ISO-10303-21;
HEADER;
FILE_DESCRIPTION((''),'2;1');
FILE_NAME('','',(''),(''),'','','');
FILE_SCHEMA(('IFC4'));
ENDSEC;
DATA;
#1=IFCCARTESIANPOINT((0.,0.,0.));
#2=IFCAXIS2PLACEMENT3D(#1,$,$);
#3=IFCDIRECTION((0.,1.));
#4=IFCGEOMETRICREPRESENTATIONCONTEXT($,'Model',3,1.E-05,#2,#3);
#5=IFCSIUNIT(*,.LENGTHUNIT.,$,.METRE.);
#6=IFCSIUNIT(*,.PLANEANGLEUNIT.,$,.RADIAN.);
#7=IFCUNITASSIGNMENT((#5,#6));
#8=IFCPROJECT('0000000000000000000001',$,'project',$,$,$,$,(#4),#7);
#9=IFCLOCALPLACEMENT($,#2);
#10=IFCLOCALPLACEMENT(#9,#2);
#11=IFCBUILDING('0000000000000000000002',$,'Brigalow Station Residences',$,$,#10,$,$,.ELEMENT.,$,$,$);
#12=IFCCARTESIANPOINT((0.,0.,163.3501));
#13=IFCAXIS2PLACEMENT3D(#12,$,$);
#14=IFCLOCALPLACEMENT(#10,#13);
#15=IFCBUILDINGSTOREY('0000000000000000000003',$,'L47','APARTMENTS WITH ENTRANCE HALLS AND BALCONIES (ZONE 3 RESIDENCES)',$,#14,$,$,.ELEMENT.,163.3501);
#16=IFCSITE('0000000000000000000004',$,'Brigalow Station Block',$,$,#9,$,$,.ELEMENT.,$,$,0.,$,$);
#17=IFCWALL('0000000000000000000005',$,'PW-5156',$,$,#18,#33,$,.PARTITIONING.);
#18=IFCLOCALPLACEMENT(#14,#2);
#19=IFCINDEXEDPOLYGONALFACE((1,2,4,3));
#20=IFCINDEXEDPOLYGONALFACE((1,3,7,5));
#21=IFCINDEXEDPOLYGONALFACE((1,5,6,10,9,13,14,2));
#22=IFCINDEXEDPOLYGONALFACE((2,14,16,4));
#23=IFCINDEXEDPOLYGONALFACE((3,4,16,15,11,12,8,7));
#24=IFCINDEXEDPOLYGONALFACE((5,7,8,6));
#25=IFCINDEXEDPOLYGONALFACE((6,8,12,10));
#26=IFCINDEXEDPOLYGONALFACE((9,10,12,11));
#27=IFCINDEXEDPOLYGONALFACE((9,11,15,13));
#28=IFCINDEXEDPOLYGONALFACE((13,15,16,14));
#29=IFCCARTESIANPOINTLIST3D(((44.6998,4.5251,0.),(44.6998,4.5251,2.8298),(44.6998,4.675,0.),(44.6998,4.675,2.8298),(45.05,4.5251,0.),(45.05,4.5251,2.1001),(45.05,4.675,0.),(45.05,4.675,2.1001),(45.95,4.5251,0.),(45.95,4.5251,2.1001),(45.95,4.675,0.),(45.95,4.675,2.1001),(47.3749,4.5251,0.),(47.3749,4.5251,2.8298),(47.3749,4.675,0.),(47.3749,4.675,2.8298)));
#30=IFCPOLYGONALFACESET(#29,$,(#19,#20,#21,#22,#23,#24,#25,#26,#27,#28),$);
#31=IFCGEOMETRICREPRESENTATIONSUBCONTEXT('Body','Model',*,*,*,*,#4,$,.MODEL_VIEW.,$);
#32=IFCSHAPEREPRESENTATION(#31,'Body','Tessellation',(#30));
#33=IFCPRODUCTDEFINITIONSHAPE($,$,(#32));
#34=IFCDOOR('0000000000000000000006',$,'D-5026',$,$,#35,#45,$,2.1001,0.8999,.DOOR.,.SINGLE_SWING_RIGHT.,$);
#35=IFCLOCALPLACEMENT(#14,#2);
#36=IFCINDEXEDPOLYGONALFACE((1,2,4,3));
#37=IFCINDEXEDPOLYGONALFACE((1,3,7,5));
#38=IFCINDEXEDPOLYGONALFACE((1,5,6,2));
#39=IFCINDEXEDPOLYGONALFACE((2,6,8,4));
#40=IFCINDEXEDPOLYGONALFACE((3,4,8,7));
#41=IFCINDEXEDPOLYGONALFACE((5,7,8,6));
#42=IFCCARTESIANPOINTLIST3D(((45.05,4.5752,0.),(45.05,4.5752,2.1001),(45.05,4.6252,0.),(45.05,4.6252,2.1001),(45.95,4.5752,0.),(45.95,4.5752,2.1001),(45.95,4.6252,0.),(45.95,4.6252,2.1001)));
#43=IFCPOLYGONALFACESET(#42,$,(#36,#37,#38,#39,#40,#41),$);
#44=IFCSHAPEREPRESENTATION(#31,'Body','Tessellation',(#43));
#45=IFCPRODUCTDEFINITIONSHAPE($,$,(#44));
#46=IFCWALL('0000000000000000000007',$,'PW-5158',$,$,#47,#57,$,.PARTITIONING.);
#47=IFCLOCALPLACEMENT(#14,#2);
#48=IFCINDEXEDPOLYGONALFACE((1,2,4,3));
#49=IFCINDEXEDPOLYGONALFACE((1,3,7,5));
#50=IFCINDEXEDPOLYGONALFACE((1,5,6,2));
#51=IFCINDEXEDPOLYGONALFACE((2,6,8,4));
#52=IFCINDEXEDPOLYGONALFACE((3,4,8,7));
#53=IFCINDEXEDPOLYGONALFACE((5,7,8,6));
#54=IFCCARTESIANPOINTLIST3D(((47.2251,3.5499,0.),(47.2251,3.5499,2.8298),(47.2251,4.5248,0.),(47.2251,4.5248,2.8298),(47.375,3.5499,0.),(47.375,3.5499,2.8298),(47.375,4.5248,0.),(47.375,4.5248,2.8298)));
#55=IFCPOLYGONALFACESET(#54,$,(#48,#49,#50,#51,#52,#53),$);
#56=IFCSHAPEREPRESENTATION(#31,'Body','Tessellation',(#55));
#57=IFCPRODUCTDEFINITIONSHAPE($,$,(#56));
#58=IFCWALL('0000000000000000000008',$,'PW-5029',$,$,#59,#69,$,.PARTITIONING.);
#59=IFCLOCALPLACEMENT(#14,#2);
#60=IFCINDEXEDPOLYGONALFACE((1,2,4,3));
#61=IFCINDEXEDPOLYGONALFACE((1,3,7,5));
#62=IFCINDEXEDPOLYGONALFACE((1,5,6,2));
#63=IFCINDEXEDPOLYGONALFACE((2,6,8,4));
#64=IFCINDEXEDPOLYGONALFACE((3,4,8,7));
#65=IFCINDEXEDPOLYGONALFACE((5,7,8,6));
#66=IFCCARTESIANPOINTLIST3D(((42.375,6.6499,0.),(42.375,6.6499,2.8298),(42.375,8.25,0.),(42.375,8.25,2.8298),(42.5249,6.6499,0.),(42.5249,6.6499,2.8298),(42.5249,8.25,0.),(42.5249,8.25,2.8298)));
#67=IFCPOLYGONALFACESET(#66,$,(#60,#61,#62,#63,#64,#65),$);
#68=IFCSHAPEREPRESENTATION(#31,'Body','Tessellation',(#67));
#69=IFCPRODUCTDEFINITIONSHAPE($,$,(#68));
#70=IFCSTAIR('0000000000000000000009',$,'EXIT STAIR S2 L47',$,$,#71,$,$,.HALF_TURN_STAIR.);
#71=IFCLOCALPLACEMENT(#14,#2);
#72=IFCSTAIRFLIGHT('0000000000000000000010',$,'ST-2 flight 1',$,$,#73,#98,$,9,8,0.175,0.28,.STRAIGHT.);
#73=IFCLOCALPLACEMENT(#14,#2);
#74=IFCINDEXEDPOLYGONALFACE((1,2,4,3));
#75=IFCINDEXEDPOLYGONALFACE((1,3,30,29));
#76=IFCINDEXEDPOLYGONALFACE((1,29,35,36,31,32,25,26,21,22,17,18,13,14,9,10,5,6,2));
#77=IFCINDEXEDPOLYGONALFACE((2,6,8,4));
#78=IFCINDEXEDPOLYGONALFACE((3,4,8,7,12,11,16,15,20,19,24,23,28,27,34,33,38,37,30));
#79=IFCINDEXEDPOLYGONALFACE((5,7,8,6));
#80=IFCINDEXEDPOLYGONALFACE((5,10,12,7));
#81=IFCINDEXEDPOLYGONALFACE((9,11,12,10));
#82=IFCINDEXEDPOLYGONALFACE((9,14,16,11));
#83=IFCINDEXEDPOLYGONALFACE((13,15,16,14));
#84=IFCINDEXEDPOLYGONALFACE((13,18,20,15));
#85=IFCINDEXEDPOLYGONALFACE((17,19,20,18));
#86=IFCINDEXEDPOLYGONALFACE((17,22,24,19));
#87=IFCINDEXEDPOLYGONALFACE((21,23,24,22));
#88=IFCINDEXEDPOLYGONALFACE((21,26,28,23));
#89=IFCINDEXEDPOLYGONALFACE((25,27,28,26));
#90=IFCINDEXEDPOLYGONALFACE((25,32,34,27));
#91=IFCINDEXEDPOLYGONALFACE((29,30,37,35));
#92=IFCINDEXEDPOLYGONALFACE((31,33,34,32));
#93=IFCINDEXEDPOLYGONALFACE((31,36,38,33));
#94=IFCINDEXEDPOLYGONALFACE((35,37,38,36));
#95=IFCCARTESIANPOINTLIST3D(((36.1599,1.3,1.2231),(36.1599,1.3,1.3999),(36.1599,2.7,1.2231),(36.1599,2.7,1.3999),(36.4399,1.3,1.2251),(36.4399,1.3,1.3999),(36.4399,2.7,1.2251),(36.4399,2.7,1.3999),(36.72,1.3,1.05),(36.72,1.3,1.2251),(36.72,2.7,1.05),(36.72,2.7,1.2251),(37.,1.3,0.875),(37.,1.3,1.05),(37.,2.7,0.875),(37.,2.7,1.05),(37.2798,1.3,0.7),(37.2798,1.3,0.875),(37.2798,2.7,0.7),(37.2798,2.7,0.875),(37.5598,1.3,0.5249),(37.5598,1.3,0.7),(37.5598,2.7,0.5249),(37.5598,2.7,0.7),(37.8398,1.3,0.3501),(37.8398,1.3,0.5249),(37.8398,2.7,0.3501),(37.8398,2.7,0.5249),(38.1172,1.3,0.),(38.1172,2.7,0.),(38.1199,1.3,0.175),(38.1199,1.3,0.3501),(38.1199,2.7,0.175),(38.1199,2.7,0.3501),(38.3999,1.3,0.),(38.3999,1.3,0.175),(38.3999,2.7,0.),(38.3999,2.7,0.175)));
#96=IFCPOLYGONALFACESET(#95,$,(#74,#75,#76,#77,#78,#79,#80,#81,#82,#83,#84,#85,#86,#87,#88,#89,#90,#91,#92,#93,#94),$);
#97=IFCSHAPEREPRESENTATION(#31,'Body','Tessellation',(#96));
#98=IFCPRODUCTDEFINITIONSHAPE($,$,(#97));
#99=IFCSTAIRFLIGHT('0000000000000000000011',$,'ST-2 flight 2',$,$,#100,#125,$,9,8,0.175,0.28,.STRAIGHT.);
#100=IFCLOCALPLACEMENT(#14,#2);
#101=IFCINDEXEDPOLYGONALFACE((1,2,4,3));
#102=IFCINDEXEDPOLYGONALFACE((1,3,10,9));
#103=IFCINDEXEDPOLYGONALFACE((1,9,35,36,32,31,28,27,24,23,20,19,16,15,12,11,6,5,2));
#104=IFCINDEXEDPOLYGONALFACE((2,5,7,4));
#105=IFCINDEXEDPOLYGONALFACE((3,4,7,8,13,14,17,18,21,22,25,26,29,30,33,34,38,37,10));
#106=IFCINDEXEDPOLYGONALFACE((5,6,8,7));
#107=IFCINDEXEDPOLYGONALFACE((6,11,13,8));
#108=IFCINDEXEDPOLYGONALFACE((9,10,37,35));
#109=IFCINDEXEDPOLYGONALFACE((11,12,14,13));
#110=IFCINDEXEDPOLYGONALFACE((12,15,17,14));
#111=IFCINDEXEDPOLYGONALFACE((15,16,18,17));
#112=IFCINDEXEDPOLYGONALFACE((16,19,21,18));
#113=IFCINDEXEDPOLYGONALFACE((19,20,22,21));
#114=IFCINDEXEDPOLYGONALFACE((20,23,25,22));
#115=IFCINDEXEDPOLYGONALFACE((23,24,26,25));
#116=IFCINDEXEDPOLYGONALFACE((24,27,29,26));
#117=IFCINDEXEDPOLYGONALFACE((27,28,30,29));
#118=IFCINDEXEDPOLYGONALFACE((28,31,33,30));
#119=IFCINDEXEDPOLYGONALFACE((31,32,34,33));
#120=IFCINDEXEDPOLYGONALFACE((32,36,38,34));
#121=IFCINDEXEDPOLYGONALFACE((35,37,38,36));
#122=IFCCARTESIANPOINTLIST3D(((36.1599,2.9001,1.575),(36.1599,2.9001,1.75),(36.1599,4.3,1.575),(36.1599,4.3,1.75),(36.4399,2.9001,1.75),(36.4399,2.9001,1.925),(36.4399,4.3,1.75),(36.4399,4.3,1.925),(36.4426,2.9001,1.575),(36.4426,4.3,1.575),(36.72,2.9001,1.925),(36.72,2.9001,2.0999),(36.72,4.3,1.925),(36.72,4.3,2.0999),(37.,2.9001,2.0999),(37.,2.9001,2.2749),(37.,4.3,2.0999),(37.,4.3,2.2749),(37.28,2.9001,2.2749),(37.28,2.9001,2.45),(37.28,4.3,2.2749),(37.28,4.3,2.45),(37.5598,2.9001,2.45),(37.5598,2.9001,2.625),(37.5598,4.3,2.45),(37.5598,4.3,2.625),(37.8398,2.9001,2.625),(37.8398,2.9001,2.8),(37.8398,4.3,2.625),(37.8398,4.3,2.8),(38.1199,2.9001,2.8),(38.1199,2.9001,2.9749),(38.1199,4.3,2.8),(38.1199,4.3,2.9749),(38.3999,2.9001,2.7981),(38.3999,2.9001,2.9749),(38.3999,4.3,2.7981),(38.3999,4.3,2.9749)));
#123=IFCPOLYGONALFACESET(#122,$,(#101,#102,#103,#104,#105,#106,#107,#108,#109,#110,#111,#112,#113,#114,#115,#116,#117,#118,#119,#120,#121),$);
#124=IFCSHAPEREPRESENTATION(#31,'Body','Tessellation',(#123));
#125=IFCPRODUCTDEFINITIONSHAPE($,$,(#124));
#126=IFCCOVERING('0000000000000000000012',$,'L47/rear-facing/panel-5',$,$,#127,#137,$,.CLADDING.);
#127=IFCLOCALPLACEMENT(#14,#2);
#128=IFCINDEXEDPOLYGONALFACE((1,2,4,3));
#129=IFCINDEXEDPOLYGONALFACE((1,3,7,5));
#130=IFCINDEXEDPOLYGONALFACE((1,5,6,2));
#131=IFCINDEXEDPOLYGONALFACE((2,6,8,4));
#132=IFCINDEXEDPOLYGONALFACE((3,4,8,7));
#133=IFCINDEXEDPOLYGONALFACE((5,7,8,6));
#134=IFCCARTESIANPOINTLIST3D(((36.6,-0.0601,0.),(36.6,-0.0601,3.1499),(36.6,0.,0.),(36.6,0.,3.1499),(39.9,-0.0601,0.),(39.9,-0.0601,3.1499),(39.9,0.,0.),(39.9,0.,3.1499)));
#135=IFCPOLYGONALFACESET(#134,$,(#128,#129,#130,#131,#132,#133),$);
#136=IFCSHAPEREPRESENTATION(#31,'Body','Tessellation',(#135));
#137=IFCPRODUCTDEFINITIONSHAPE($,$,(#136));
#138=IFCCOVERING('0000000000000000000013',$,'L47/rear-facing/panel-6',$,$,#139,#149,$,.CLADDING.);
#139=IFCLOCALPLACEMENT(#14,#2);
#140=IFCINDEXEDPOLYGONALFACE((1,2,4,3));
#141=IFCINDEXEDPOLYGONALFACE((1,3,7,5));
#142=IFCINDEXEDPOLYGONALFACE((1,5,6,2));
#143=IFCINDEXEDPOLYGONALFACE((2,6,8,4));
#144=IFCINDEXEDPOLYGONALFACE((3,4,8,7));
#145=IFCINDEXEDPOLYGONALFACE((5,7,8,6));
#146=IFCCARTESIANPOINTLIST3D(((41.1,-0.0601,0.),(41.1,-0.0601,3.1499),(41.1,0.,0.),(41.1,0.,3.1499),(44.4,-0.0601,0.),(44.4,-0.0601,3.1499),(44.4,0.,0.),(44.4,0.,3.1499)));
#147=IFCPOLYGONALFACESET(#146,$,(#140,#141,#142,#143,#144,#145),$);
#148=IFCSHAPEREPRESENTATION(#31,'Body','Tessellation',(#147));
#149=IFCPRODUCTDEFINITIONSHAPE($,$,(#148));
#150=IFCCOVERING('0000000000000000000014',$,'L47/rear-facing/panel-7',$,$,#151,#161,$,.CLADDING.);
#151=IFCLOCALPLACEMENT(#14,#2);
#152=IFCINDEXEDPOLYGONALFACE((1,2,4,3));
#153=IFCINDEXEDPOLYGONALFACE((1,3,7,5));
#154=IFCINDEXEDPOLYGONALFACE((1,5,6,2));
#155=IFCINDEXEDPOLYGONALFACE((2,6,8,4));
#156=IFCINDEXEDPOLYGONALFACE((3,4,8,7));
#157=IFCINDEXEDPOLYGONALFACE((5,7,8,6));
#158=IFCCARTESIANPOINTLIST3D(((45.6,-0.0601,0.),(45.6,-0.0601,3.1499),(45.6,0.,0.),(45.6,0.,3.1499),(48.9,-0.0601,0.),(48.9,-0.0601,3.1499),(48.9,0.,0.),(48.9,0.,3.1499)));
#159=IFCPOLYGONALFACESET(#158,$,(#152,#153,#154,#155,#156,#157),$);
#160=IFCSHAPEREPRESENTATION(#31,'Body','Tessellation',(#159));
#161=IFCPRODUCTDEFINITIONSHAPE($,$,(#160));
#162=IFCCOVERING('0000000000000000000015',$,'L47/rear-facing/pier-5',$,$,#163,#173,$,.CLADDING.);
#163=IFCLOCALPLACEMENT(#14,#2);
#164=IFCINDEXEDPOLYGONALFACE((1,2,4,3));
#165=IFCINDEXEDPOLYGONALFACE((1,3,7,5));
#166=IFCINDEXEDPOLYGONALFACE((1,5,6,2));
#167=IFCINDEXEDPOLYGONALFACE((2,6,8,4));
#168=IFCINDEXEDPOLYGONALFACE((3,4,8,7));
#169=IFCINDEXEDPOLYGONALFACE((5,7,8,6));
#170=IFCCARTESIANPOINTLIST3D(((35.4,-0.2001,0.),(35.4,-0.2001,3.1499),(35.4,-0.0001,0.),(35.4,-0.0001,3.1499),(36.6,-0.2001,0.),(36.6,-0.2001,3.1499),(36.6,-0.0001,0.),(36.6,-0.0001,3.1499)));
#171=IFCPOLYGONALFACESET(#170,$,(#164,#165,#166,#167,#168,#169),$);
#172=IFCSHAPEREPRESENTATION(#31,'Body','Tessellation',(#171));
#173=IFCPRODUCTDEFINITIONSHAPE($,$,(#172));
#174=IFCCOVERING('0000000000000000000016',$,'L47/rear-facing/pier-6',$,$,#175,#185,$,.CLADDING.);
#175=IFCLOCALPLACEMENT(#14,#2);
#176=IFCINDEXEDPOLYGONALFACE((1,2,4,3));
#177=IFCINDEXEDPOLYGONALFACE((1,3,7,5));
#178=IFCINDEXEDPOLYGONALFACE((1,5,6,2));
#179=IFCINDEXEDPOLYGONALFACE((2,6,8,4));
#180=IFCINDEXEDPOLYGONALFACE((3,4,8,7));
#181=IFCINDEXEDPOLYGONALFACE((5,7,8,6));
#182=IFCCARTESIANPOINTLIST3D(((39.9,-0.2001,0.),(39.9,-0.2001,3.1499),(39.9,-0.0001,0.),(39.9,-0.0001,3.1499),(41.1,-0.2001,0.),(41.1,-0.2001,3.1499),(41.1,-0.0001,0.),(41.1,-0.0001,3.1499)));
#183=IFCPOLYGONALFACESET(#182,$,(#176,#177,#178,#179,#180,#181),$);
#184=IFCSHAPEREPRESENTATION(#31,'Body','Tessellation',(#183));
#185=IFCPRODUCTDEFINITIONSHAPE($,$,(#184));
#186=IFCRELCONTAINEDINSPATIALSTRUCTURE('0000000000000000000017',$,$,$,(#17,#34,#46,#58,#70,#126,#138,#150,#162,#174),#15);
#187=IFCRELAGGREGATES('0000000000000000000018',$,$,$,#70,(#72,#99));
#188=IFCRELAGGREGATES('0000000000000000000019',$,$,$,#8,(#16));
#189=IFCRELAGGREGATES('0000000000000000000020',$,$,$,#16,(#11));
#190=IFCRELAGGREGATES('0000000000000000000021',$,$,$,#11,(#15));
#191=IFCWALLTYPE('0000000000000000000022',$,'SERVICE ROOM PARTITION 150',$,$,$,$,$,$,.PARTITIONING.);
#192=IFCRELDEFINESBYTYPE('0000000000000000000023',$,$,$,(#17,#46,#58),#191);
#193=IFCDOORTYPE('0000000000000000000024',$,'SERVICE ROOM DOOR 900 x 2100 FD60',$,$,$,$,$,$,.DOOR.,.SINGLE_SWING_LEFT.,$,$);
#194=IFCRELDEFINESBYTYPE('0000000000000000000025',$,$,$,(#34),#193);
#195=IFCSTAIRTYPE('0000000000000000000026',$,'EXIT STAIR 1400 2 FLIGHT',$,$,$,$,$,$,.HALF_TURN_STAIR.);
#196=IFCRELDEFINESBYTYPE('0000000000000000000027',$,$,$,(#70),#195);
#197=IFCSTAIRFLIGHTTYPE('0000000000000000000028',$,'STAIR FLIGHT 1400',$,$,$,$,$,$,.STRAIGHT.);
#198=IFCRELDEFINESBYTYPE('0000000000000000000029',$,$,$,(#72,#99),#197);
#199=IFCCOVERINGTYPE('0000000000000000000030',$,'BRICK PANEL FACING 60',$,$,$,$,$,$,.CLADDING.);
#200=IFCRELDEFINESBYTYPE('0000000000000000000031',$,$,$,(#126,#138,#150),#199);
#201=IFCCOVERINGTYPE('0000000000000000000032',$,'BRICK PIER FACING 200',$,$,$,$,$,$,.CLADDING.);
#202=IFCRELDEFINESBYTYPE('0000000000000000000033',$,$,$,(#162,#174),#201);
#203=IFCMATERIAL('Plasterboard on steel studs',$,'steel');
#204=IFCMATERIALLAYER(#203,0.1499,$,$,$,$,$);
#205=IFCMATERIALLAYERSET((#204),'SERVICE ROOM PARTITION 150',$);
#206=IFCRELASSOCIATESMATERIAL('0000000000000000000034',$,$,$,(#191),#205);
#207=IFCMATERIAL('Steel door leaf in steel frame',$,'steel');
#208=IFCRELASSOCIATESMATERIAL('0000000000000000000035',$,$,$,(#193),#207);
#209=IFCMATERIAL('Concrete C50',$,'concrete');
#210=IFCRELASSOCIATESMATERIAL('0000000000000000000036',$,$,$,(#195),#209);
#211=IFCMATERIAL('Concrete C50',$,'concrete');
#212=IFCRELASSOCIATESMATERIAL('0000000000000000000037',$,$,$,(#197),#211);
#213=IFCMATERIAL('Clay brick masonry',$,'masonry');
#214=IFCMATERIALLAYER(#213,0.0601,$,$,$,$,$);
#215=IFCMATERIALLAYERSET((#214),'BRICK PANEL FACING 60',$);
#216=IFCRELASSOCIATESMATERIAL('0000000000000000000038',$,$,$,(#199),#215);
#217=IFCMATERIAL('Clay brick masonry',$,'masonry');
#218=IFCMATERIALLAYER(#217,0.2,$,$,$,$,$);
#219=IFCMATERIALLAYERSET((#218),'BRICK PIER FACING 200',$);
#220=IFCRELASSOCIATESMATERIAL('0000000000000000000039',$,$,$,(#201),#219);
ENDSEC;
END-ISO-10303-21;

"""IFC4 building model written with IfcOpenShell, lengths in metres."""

from ifc_helpers import new_model, si_unit, direction, frame, frame_2d, origin, origin_2d, place, context, subcontext, project, spatial, polyline, rectangle, outline, extrude, material, layer, layer_set, type_object, element, fill, aggregate, save


model = new_model("IFC4")

# Units and contexts
model_context = context("Model", 3, precision=1e-05, world=origin(), true_north=direction((0.0, 1.0)))
body_context = subcontext(model_context, "Body", "Model", "MODEL_VIEW")
ifc_project = project(units=[si_unit("LENGTHUNIT", "METRE"), si_unit("PLANEANGLEUNIT", "RADIAN")], contexts=[model_context])

# Site, building, storey
site_placement = place(None, origin())
site = spatial("IfcSite", under=ifc_project, at=site_placement, Name="Brigalow Station Block", CompositionType="ELEMENT", RefElevation=0.0)
building_placement = place(site_placement, origin())
building = spatial("IfcBuilding", under=site, at=building_placement, Name="Brigalow Station Residences", CompositionType="ELEMENT")
storey_placement = place(building_placement, frame((0.0, 0.0, 163.3501)))
storey = spatial("IfcBuildingStorey", under=building, at=storey_placement, Name="L47", Description="APARTMENTS WITH ENTRANCE HALLS AND BALCONIES (ZONE 3 RESIDENCES)", CompositionType="ELEMENT", Elevation=163.3501)

# Wall, opening, door
ifc_material_1 = material(Name="Plasterboard on steel studs", Category="steel")
ifc_layer_1 = layer(ifc_material_1, 0.1499)
ifc_layer_set_1 = layer_set([ifc_layer_1], Name="SERVICE ROOM PARTITION 150")
wall_type_1 = type_object("IfcWallType", Name="SERVICE ROOM PARTITION 150", PredefinedType="PARTITIONING", material=ifc_layer_set_1)
wall_1_placement = place(storey_placement, frame((44.7, 4.6001, 0.0), z_axis=(0.0, 0.0, 1.0), x_axis=(1.0, 0.0, 0.0)))
wall_1 = element("IfcWall", 1, at=wall_1_placement, inside=storey, type_object=wall_type_1, Name="PW-5156", PredefinedType="PARTITIONING", context=body_context, shape_type="SweptSolid", body=[
    extrude(rectangle(XDim=2.675, YDim=0.1499, at=frame_2d((1.3374, 0.0))), origin(), (0.0, 0.0, 1.0), 2.8298),
])
opening_1_placement = place(wall_1_placement, frame((0.3501, 0.0, 0.0)))
opening_1 = element("IfcOpeningElement", 2, at=opening_1_placement, cuts=wall_1, PredefinedType="OPENING", context=body_context, shape_type="SweptSolid", body=[
    extrude(rectangle(XDim=0.8999, YDim=2.1001, at=frame_2d((0.45, 1.05))), frame((0.0, 0.085, 0.0), z_axis=(0.0, -1.0, 0.0), x_axis=(1.0, 0.0, 0.0)), (0.0, 0.0, 1.0), 0.1699),
])
ifc_material_2 = material(Name="Steel door leaf in steel frame", Category="steel")
door_type_1 = type_object("IfcDoorType", Name="SERVICE ROOM DOOR 900 x 2100 FD60", OperationType="SINGLE_SWING_LEFT", PredefinedType="DOOR", material=ifc_material_2)
door_1_placement = place(opening_1_placement, frame((0.8999, 0.0, 0.0), z_axis=(0.0, 0.0, 1.0), x_axis=(-1.0, 0.0, 0.0)))
door_1 = element("IfcDoor", 3, at=door_1_placement, inside=storey, type_object=door_type_1, Name="D-5026", OperationType="SINGLE_SWING_RIGHT", OverallHeight=2.1001, OverallWidth=0.8999, PredefinedType="DOOR", context=body_context, shape_type="SweptSolid", body=[
    extrude(rectangle(XDim=0.8999, YDim=2.1001, at=frame_2d((0.45, 1.05))), frame((0.0, 0.0249, 0.0), z_axis=(0.0, -1.0, 0.0), x_axis=(1.0, 0.0, 0.0)), (0.0, 0.0, 1.0), 0.05),
])
fill(opening_1, door_1)

# Walls
wall_2_placement = place(storey_placement, frame((47.3, 3.55, 0.0), z_axis=(0.0, 0.0, 1.0), x_axis=(0.0, 1.0, 0.0)))
element("IfcWall", 4, at=wall_2_placement, inside=storey, type_object=wall_type_1, Name="PW-5158", PredefinedType="PARTITIONING", context=body_context, shape_type="SweptSolid", body=[
    extrude(rectangle(XDim=0.9749, YDim=0.1499, at=frame_2d((0.4873, 0.0))), origin(), (0.0, 0.0, 1.0), 2.8298),
])
wall_3_placement = place(storey_placement, frame((42.45, 6.6499, 0.0), z_axis=(0.0, 0.0, 1.0), x_axis=(0.0, 1.0, 0.0)))
element("IfcWall", 5, at=wall_3_placement, inside=storey, type_object=wall_type_1, Name="PW-5029", PredefinedType="PARTITIONING", context=body_context, shape_type="SweptSolid", body=[
    extrude(rectangle(XDim=1.6001, YDim=0.1499, at=frame_2d((0.8, 0.0))), origin(), (0.0, 0.0, 1.0), 2.8298),
])

# Stair, stair flights
ifc_material_3 = material(Name="Concrete C50", Category="concrete")
stair_type = type_object("IfcStairType", Name="EXIT STAIR 1400 2 FLIGHT", PredefinedType="HALF_TURN_STAIR", material=ifc_material_3)
stair_placement = place(storey_placement, origin())
stair = element("IfcStair", 6, at=stair_placement, inside=storey, type_object=stair_type, Name="EXIT STAIR S2 L47", PredefinedType="HALF_TURN_STAIR")
ifc_material_4 = material(Name="Concrete C50", Category="concrete")
stair_flight_type = type_object("IfcStairFlightType", Name="STAIR FLIGHT 1400", PredefinedType="STRAIGHT", material=ifc_material_4)
stair_flight_1_placement = place(storey_placement, frame((38.3999, 2.0, 0.0), z_axis=(0.0, 0.0, 1.0), x_axis=(-1.0, 0.0, 0.0)))
stair_flight_1 = element("IfcStairFlight", 7, at=stair_flight_1_placement, type_object=stair_flight_type, Name="ST-2 flight 1", NumberOfRisers=9, NumberOfTreads=8, PredefinedType="STRAIGHT", RiserHeight=0.175, TreadLength=0.28, context=body_context, shape_type="SweptSolid", body=[
    extrude(outline(polyline([(0.0, 0.0), (0.0, 0.175), (0.28, 0.175), (0.28, 0.3501), (0.5601, 0.3501), (0.5601, 0.5249), (0.8401, 0.5249), (0.8401, 0.7), (1.1201, 0.7), (1.1201, 0.875), (1.3999, 0.875), (1.3999, 1.05), (1.6799, 1.05), (1.6799, 1.2251), (1.96, 1.2251), (1.96, 1.3999), (2.24, 1.3999), (2.24, 1.575), (2.24, 1.2231), (0.2827, 0.0), (0.0, 0.0)])), frame((0.0, 0.7, 0.0), z_axis=(0.0, -1.0, 0.0), x_axis=(1.0, 0.0, 0.0)), (0.0, 0.0, 1.0), 1.3999),
])
stair_flight_2_placement = place(storey_placement, frame((36.1599, 3.6001, 1.575), z_axis=(0.0, 0.0, 1.0), x_axis=(1.0, 0.0, 0.0)))
stair_flight_2 = element("IfcStairFlight", 8, at=stair_flight_2_placement, type_object=stair_flight_type, Name="ST-2 flight 2", NumberOfRisers=9, NumberOfTreads=8, PredefinedType="STRAIGHT", RiserHeight=0.175, TreadLength=0.28, context=body_context, shape_type="SweptSolid", body=[
    extrude(outline(polyline([(0.0, 0.0), (0.0, 0.175), (0.28, 0.175), (0.28, 0.3501), (0.5601, 0.3501), (0.5601, 0.5249), (0.8401, 0.5249), (0.8401, 0.7), (1.1201, 0.7), (1.1201, 0.875), (1.3999, 0.875), (1.3999, 1.05), (1.6799, 1.05), (1.6799, 1.2251), (1.96, 1.2251), (1.96, 1.3999), (2.24, 1.3999), (2.24, 1.575), (2.24, 1.2231), (0.2827, 0.0), (0.0, 0.0)])), frame((0.0, 0.7, 0.0), z_axis=(0.0, -1.0, 0.0), x_axis=(1.0, 0.0, 0.0)), (0.0, 0.0, 1.0), 1.3999),
])
aggregate(stair, [stair_flight_1, stair_flight_2])

# Coverings
ifc_material_5 = material(Name="Clay brick masonry", Category="masonry")
ifc_layer_2 = layer(ifc_material_5, 0.0601)
ifc_layer_set_2 = layer_set([ifc_layer_2], Name="BRICK PANEL FACING 60")
covering_type_1 = type_object("IfcCoveringType", Name="BRICK PANEL FACING 60", PredefinedType="CLADDING", material=ifc_layer_set_2)
for number, where, z_axis, x_axis, name in (
    (9, (38.25, -0.03, 0.0), (0.0, 0.0, 1.0), (1.0, 0.0, 0.0), "L47/rear-facing/panel-5"),
    (10, (42.75, -0.03, 0.0), (0.0, 0.0, 1.0), (1.0, 0.0, 0.0), "L47/rear-facing/panel-6"),
    (11, (47.25, -0.03, 0.0), (0.0, 0.0, 1.0), (1.0, 0.0, 0.0), "L47/rear-facing/panel-7"),
):
    element("IfcCovering", number, at=place(storey_placement, frame(where, z_axis=z_axis, x_axis=x_axis)), inside=storey, type_object=covering_type_1, Name=name, PredefinedType="CLADDING", context=body_context, shape_type="SweptSolid", body=[
        extrude(rectangle(XDim=3.3, YDim=0.0601, at=origin_2d()), origin(), (0.0, 0.0, 1.0), 3.1499),
    ])
ifc_material_6 = material(Name="Clay brick masonry", Category="masonry")
ifc_layer_3 = layer(ifc_material_6, 0.2)
ifc_layer_set_3 = layer_set([ifc_layer_3], Name="BRICK PIER FACING 200")
covering_type_2 = type_object("IfcCoveringType", Name="BRICK PIER FACING 200", PredefinedType="CLADDING", material=ifc_layer_set_3)
for number, where, z_axis, x_axis, name in (
    (12, (36.0, -0.1001, 0.0), (0.0, 0.0, 1.0), (1.0, 0.0, 0.0), "L47/rear-facing/pier-5"),
    (13, (40.5, -0.1001, 0.0), (0.0, 0.0, 1.0), (1.0, 0.0, 0.0), "L47/rear-facing/pier-6"),
):
    element("IfcCovering", number, at=place(storey_placement, frame(where, z_axis=z_axis, x_axis=x_axis)), inside=storey, type_object=covering_type_2, Name=name, PredefinedType="CLADDING", context=body_context, shape_type="SweptSolid", body=[
        extrude(rectangle(XDim=1.2, YDim=0.2, at=origin_2d()), origin(), (0.0, 0.0, 1.0), 3.1499),
    ])

save(model, "model.ifc")
